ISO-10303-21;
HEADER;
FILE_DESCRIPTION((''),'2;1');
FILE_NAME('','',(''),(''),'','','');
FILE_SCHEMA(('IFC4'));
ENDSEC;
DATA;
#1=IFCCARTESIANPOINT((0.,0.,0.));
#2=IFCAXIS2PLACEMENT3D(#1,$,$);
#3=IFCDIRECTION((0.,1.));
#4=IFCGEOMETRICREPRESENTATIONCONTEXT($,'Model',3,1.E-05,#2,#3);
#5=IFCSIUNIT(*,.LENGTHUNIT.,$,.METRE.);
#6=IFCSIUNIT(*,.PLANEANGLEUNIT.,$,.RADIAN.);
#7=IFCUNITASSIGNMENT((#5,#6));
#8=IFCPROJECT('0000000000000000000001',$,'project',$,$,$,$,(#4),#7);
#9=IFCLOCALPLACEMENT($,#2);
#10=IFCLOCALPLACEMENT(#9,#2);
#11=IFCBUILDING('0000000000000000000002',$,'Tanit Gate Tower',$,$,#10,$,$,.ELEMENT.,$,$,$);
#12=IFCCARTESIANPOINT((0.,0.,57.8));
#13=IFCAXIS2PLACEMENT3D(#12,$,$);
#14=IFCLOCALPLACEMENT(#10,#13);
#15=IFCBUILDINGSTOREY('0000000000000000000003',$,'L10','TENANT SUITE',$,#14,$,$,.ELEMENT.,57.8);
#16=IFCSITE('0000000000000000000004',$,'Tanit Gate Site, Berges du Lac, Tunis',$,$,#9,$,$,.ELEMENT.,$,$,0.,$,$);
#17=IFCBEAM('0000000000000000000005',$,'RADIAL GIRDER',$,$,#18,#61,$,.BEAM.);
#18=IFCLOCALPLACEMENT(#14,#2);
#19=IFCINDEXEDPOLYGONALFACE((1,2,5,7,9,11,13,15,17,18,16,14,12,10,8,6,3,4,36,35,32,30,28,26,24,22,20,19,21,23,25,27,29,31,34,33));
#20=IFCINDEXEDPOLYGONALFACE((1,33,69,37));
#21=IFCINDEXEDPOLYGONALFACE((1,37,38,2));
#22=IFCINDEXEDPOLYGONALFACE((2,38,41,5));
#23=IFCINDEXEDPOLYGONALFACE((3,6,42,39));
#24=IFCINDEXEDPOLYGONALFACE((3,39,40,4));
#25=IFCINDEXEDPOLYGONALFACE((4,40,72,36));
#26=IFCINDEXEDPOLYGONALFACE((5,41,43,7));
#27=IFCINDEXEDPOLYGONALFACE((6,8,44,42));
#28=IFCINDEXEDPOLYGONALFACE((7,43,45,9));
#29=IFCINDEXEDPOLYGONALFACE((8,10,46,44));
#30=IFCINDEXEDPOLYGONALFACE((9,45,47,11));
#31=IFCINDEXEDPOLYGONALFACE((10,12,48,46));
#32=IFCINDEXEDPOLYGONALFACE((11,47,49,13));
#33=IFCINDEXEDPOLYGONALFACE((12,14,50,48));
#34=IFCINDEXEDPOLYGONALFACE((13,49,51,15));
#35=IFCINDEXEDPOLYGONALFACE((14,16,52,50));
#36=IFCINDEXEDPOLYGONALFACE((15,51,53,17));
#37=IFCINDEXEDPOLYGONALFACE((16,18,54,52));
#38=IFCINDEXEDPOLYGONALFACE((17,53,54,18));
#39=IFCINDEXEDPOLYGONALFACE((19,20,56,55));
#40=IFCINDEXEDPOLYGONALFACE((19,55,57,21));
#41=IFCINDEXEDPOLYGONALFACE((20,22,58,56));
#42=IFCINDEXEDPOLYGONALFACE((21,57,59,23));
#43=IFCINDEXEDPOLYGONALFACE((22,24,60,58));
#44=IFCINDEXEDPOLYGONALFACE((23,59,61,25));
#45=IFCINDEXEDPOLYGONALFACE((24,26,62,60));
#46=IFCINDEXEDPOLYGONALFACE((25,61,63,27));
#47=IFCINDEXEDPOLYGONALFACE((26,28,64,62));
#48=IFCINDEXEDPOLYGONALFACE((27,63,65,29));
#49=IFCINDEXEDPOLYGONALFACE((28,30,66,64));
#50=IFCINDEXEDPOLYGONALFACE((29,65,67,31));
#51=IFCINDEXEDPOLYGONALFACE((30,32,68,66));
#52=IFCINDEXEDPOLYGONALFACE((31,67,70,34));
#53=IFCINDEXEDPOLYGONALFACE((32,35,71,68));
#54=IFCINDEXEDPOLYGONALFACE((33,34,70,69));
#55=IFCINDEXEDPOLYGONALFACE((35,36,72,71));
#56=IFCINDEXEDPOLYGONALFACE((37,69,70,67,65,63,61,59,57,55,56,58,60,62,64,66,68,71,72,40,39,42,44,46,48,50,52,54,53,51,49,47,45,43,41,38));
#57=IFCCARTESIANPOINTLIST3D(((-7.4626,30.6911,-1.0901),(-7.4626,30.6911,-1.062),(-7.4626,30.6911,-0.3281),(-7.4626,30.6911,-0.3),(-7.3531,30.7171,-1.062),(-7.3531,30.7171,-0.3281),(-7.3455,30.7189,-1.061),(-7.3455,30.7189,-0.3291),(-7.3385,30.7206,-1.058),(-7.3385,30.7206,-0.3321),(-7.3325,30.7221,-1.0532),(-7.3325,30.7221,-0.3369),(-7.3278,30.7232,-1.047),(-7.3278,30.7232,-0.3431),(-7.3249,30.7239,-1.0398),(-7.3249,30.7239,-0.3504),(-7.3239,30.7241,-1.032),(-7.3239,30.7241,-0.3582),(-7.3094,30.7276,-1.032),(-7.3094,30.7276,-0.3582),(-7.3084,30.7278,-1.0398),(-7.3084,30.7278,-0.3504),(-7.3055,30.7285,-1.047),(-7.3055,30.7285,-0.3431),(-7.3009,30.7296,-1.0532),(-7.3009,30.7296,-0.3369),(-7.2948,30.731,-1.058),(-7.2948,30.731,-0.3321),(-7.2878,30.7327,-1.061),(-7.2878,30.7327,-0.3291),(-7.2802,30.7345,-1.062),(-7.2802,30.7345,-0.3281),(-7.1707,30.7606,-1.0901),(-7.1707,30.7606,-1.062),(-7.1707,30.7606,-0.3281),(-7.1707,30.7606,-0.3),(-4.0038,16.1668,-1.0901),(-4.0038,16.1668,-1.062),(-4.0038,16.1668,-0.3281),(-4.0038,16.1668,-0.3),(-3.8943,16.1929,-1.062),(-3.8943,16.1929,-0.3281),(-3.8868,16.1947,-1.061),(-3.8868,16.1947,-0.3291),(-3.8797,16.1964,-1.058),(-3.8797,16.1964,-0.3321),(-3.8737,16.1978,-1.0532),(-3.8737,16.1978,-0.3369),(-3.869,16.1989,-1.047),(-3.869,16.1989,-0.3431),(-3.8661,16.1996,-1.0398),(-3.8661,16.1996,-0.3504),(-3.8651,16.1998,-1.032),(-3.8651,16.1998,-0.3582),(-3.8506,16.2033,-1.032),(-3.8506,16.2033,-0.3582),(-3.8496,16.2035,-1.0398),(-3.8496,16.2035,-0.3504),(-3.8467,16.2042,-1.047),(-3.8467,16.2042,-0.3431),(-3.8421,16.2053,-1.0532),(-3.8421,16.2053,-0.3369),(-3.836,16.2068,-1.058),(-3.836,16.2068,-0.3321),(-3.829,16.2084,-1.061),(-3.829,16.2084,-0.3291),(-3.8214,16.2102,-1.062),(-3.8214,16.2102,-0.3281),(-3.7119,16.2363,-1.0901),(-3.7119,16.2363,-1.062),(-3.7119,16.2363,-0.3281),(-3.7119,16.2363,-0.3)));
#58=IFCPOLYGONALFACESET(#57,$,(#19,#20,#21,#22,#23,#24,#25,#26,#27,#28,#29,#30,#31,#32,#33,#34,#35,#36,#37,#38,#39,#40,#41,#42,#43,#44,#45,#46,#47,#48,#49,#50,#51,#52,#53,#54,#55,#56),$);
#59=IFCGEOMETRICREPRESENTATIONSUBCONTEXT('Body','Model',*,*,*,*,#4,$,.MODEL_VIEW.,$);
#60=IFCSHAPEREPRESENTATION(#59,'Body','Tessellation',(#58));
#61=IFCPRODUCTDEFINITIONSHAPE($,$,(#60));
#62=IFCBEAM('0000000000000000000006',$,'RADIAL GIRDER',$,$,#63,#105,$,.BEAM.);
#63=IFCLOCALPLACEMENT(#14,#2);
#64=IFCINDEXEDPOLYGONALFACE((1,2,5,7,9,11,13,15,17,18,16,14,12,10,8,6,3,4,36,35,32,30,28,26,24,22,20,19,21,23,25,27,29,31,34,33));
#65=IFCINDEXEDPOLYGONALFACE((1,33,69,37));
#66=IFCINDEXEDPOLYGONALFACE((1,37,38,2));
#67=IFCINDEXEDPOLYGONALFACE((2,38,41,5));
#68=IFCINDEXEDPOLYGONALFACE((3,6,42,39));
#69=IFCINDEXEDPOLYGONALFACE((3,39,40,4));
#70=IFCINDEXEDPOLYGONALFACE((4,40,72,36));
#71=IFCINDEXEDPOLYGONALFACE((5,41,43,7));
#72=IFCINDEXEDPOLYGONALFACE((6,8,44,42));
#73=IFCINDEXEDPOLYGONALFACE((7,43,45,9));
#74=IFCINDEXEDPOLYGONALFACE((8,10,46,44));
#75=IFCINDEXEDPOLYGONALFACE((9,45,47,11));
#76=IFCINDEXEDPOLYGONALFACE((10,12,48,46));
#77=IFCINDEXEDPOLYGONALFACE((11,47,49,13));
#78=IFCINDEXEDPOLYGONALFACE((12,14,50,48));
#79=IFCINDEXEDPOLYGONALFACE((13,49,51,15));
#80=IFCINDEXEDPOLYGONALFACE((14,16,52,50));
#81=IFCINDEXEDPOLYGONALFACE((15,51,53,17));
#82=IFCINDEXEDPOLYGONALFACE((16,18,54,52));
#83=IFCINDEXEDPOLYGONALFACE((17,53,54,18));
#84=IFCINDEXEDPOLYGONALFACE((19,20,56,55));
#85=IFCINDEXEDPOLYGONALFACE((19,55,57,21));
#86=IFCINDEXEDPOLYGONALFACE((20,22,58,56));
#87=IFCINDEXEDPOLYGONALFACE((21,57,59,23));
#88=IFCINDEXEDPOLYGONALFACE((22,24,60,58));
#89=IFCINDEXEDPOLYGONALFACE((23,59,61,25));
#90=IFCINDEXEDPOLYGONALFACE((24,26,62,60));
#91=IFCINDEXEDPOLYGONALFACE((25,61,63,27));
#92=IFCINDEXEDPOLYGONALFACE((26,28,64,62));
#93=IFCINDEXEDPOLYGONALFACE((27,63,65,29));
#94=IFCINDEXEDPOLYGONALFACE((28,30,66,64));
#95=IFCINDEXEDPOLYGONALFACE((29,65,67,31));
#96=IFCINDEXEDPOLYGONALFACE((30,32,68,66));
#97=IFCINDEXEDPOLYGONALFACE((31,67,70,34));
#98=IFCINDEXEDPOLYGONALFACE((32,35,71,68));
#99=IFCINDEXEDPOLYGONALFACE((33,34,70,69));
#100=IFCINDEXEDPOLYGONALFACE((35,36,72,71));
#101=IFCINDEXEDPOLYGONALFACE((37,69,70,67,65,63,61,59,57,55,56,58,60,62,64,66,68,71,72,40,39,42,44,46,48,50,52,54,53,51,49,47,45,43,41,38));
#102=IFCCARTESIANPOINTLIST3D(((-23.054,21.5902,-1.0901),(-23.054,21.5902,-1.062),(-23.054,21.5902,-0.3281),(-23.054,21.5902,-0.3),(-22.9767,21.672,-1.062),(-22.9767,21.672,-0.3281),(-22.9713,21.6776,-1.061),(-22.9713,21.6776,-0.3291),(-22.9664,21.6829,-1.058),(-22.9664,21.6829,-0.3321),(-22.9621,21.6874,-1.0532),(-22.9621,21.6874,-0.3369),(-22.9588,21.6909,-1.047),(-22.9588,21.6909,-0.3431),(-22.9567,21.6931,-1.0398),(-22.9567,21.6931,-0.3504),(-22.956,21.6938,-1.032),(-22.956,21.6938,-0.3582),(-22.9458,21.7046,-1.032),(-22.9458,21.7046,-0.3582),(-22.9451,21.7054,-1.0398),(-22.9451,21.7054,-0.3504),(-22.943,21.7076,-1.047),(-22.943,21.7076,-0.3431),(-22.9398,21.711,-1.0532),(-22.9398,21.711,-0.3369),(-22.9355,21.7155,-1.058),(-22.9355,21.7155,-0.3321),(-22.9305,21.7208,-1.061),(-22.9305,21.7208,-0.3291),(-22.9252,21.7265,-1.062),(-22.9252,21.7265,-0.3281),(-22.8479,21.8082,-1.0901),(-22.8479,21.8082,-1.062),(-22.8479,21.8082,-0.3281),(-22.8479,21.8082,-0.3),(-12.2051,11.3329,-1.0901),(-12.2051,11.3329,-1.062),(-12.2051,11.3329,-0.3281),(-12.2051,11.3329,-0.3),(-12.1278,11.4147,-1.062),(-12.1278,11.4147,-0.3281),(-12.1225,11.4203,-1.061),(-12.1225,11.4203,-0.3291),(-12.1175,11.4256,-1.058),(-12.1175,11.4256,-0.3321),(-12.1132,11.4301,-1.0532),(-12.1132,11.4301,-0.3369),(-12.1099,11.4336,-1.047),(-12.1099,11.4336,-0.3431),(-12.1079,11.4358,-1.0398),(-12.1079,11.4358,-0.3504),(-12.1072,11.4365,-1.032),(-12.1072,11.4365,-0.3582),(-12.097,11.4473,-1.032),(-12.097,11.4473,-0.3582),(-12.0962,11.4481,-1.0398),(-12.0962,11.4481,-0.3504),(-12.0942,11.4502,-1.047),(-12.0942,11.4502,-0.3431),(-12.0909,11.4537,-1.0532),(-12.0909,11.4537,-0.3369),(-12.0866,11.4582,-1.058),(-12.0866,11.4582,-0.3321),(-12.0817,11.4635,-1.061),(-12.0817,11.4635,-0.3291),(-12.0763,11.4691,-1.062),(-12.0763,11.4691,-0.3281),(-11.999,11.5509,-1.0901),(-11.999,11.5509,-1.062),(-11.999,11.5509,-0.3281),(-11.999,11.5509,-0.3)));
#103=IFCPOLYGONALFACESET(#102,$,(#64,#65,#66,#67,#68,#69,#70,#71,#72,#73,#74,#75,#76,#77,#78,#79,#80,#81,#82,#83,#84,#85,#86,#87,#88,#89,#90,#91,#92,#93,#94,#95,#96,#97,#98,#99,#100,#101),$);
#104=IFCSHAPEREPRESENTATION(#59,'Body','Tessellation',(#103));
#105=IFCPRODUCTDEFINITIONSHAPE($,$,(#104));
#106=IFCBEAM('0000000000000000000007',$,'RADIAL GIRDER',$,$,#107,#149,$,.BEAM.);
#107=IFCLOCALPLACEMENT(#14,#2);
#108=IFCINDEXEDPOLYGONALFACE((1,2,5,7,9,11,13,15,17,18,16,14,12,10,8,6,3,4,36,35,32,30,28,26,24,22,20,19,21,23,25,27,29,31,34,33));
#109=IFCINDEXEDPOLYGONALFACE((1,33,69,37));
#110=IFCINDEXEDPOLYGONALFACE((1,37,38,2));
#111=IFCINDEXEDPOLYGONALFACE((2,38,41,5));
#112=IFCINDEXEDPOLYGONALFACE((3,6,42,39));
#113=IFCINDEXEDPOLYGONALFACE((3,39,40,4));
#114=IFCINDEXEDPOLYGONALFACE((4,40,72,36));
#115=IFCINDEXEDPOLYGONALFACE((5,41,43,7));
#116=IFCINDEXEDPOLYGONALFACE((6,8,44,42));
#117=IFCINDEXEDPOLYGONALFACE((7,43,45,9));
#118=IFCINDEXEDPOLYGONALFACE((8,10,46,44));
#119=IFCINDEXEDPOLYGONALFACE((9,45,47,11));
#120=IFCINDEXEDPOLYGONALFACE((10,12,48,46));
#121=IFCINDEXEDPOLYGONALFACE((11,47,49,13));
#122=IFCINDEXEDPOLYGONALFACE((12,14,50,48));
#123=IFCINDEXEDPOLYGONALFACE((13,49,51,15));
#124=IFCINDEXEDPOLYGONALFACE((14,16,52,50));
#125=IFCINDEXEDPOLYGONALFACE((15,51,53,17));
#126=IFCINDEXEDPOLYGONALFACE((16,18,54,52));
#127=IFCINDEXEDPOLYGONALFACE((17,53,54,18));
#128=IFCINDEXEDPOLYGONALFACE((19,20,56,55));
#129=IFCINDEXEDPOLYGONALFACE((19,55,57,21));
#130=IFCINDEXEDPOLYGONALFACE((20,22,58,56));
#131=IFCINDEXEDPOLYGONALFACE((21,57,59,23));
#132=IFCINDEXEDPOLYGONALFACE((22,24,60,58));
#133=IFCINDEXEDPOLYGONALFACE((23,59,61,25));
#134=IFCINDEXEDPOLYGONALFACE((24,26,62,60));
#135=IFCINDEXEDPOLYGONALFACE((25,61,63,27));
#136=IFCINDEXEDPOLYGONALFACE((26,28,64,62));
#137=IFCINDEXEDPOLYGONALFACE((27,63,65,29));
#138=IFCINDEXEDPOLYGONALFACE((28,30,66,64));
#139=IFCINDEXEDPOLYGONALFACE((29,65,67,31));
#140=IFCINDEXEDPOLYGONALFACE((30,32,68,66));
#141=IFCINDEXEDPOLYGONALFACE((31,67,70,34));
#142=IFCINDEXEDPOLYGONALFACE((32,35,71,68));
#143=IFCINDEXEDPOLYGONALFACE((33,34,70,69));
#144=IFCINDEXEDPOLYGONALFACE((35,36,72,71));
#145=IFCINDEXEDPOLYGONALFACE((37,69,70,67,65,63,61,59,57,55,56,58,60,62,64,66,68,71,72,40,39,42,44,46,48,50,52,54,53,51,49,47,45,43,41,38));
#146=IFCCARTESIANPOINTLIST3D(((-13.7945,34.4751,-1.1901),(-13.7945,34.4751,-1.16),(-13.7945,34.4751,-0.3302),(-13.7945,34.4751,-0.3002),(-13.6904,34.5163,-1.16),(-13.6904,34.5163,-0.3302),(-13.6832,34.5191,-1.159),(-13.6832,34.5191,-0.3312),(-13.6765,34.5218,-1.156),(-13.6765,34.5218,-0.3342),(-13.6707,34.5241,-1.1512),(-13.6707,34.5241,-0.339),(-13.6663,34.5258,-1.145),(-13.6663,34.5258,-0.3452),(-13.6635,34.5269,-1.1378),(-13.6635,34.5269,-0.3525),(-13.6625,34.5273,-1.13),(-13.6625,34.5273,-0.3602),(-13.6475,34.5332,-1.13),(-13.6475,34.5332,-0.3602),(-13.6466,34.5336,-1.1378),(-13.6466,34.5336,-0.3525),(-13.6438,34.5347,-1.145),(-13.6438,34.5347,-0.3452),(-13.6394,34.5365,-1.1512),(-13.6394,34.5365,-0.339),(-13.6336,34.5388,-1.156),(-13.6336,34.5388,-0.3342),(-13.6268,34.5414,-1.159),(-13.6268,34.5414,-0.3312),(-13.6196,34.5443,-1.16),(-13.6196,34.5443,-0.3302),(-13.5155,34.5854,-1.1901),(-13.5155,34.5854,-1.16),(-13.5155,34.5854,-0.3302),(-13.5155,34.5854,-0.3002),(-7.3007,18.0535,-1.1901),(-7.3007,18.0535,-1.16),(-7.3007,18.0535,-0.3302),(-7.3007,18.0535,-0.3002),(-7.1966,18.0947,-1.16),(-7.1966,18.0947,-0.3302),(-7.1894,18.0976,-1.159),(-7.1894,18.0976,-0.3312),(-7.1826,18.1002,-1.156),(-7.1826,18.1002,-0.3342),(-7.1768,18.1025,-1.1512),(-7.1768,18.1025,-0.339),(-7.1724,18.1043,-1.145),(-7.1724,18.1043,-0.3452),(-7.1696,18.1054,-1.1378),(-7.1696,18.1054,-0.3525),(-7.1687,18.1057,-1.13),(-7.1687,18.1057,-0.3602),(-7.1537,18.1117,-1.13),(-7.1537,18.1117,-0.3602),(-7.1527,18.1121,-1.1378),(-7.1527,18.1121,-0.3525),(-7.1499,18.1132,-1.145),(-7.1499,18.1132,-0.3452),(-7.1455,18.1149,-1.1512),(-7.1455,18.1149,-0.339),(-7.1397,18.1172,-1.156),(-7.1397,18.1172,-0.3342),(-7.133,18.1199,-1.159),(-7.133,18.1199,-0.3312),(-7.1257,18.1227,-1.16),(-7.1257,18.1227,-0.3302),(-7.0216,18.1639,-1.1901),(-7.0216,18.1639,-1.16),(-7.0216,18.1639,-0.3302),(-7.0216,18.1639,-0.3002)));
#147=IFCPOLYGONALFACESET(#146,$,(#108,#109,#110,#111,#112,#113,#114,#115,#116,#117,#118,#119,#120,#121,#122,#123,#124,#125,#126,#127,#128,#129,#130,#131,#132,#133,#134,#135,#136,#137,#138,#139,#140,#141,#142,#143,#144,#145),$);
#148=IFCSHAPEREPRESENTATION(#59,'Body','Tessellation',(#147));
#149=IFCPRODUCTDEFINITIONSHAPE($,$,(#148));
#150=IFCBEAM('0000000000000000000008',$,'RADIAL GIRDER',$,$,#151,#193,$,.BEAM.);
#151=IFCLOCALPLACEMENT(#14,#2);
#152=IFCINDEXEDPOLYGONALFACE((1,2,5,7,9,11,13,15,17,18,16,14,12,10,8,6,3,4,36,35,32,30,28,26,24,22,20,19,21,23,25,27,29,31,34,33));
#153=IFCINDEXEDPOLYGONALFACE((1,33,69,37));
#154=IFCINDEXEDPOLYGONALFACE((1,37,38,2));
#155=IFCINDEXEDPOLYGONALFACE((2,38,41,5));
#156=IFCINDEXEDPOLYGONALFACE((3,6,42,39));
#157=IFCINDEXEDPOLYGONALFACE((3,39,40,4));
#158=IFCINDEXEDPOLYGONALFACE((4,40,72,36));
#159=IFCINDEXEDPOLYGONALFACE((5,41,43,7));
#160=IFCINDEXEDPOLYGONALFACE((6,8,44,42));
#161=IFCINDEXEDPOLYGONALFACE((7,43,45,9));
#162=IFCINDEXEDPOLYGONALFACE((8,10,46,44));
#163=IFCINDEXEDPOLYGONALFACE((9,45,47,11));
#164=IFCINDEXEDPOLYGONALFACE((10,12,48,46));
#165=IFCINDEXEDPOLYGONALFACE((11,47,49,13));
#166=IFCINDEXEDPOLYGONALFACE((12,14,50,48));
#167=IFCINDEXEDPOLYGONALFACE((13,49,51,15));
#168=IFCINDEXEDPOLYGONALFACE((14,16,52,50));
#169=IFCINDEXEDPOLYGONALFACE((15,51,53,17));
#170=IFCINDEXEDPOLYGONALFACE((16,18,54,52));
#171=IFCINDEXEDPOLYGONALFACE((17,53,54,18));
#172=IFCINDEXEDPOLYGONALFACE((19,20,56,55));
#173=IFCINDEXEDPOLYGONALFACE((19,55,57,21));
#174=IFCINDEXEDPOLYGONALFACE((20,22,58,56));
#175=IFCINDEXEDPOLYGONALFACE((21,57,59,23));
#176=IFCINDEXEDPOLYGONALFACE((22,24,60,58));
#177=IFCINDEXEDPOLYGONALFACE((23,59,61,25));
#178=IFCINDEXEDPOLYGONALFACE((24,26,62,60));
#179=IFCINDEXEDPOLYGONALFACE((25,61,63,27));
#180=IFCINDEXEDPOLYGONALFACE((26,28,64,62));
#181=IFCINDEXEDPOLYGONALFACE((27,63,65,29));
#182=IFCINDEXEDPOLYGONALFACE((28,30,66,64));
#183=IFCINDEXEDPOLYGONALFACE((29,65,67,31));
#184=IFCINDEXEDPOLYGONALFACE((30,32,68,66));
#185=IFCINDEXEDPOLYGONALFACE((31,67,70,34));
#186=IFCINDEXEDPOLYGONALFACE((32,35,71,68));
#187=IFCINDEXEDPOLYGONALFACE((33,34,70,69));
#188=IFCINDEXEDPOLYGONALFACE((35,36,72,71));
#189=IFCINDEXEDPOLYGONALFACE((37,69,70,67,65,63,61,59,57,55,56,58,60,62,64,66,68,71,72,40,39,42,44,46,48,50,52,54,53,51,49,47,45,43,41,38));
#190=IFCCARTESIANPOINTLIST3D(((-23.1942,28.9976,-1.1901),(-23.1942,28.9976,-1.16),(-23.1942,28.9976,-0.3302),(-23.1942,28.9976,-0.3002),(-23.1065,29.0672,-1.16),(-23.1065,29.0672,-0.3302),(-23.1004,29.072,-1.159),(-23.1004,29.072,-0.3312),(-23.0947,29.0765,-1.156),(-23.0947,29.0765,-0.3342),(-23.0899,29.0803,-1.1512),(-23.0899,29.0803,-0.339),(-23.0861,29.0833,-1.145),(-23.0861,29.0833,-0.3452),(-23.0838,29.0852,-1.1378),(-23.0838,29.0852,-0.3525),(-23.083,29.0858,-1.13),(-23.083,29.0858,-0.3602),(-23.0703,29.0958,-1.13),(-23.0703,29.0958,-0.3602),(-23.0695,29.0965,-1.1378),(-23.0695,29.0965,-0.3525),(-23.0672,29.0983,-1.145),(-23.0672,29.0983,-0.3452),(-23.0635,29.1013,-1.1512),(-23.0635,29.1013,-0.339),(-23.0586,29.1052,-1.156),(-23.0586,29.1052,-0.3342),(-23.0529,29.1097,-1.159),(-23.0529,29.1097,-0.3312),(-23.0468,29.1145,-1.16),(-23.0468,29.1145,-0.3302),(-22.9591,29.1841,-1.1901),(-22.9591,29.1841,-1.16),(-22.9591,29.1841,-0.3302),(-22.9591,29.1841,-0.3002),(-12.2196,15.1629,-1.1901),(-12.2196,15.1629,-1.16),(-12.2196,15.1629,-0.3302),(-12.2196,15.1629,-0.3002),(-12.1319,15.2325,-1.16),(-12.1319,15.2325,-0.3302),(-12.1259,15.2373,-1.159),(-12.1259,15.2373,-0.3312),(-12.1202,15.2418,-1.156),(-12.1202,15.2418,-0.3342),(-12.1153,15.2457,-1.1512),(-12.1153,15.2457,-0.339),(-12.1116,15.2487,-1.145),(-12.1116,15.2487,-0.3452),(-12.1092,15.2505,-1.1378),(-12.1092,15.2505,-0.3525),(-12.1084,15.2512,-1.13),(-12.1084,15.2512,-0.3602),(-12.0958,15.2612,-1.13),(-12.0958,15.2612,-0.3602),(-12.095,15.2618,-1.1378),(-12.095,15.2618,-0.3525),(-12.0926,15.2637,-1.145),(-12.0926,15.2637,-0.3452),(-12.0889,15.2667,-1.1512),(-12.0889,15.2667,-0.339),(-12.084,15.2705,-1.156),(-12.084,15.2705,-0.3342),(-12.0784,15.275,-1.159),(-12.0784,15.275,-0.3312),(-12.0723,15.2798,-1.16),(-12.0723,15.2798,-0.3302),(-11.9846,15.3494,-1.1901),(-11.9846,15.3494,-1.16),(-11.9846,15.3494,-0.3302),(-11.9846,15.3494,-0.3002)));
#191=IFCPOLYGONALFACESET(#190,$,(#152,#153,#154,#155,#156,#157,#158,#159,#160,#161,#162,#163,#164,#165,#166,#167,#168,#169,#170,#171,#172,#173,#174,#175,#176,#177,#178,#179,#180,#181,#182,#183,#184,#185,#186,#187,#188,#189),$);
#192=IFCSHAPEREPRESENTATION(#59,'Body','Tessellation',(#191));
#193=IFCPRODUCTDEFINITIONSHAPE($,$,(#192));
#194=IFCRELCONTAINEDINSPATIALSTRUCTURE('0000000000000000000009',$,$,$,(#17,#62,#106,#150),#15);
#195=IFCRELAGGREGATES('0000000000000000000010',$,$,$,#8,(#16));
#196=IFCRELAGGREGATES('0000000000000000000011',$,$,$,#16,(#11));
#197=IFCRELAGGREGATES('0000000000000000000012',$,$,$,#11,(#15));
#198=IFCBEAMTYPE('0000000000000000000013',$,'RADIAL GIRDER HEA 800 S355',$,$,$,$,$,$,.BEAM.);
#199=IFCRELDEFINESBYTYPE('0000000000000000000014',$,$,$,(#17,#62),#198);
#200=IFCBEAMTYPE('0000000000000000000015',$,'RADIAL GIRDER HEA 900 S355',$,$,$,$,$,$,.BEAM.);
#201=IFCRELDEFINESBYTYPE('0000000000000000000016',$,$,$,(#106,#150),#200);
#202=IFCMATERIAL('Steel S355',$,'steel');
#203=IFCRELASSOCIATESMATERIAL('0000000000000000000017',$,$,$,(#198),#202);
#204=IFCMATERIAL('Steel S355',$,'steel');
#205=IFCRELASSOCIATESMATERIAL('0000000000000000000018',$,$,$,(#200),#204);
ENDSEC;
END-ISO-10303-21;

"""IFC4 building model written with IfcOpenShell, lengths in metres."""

from ifc_helpers import new_model, si_unit, direction, frame, origin, origin_2d, place, context, subcontext, project, spatial, i_section, extrude, material, material_profile, profile_set, type_object, element, save


model = new_model("IFC4")

# Units and contexts
model_context = context("Model", 3, precision=1e-05, world=origin(), true_north=direction((0.0, 1.0)))
body_context = subcontext(model_context, "Body", "Model", "MODEL_VIEW")
ifc_project = project(units=[si_unit("LENGTHUNIT", "METRE"), si_unit("PLANEANGLEUNIT", "RADIAN")], contexts=[model_context])

# Site, building, storey
site_placement = place(None, origin())
site = spatial("IfcSite", under=ifc_project, at=site_placement, Name="Tanit Gate Site, Berges du Lac, Tunis", CompositionType="ELEMENT", RefElevation=0.0)
building_placement = place(site_placement, origin())
building = spatial("IfcBuilding", under=site, at=building_placement, Name="Tanit Gate Tower", CompositionType="ELEMENT")
storey_placement = place(building_placement, frame((0.0, 0.0, 57.8)))
storey = spatial("IfcBuildingStorey", under=building, at=storey_placement, Name="L10", Description="TENANT SUITE", CompositionType="ELEMENT", Elevation=57.8)

# Beams
ifc_material_1 = material(Name="Steel S355", Category="steel")
ifc_material_profile_1 = material_profile(ifc_material_1, i_section(OverallWidth=0.3, OverallDepth=0.79, WebThickness=0.0149, FlangeThickness=0.0281, FilletRadius=0.03, at=origin_2d()), Name="HEA 800")
ifc_profile_set_1 = profile_set([ifc_material_profile_1], Name="Steel S355")
beam_type_1 = type_object("IfcBeamType", Name="RADIAL GIRDER HEA 800 S355", PredefinedType="BEAM", material=ifc_profile_set_1)
beam_1_placement = place(storey_placement, frame((-7.3167, 30.7258, -0.6951), z_axis=(0.231659, -0.972797, 0.0), x_axis=(0.972797, 0.231659, 0.0)))
element("IfcBeam", 1, at=beam_1_placement, inside=storey, type_object=beam_type_1, Name="RADIAL GIRDER", PredefinedType="BEAM", context=body_context, shape_type="SweptSolid", body=[
    extrude(i_section(OverallWidth=0.3, OverallDepth=0.79, WebThickness=0.0149, FlangeThickness=0.0281, FilletRadius=0.03, at=origin_2d()), origin(), (0.0, 0.0, 1.0), 14.9304),
])
beam_2_placement = place(storey_placement, frame((-22.9509, 21.6992, -0.6951), z_axis=(0.72664, -0.687019, 0.0), x_axis=(0.687019, 0.72664, 0.0)))
element("IfcBeam", 2, at=beam_2_placement, inside=storey, type_object=beam_type_1, Name="RADIAL GIRDER", PredefinedType="BEAM", context=body_context, shape_type="SweptSolid", body=[
    extrude(i_section(OverallWidth=0.3, OverallDepth=0.79, WebThickness=0.0149, FlangeThickness=0.0281, FilletRadius=0.03, at=origin_2d()), origin(), (0.0, 0.0, 1.0), 14.9302),
])
ifc_material_2 = material(Name="Steel S355", Category="steel")
ifc_material_profile_2 = material_profile(ifc_material_2, i_section(OverallWidth=0.3, OverallDepth=0.8899, WebThickness=0.0161, FlangeThickness=0.03, FilletRadius=0.03, at=origin_2d()), Name="HEA 900")
ifc_profile_set_2 = profile_set([ifc_material_profile_2], Name="Steel S355")
beam_type_2 = type_object("IfcBeamType", Name="RADIAL GIRDER HEA 900 S355", PredefinedType="BEAM", material=ifc_profile_set_2)
for number, where, z_axis, x_axis, name in (
    (3, (-13.655, 34.5303, -0.7451), (0.367738, -0.929929, 0.0), (0.929929, 0.367738, 0.0), "RADIAL GIRDER"),
    (4, (-23.0767, 29.0908, -0.7451), (0.621473, -0.783436, 0.0), (0.783436, 0.621473, 0.0), "RADIAL GIRDER"),
):
    element("IfcBeam", number, at=place(storey_placement, frame(where, z_axis=z_axis, x_axis=x_axis)), inside=storey, type_object=beam_type_2, Name=name, PredefinedType="BEAM", context=body_context, shape_type="SweptSolid", body=[
        extrude(i_section(OverallWidth=0.3, OverallDepth=0.8899, WebThickness=0.0161, FlangeThickness=0.03, FilletRadius=0.03, at=origin_2d()), origin(), (0.0, 0.0, 1.0), 17.6589),
    ])

save(model, "model.ifc")
